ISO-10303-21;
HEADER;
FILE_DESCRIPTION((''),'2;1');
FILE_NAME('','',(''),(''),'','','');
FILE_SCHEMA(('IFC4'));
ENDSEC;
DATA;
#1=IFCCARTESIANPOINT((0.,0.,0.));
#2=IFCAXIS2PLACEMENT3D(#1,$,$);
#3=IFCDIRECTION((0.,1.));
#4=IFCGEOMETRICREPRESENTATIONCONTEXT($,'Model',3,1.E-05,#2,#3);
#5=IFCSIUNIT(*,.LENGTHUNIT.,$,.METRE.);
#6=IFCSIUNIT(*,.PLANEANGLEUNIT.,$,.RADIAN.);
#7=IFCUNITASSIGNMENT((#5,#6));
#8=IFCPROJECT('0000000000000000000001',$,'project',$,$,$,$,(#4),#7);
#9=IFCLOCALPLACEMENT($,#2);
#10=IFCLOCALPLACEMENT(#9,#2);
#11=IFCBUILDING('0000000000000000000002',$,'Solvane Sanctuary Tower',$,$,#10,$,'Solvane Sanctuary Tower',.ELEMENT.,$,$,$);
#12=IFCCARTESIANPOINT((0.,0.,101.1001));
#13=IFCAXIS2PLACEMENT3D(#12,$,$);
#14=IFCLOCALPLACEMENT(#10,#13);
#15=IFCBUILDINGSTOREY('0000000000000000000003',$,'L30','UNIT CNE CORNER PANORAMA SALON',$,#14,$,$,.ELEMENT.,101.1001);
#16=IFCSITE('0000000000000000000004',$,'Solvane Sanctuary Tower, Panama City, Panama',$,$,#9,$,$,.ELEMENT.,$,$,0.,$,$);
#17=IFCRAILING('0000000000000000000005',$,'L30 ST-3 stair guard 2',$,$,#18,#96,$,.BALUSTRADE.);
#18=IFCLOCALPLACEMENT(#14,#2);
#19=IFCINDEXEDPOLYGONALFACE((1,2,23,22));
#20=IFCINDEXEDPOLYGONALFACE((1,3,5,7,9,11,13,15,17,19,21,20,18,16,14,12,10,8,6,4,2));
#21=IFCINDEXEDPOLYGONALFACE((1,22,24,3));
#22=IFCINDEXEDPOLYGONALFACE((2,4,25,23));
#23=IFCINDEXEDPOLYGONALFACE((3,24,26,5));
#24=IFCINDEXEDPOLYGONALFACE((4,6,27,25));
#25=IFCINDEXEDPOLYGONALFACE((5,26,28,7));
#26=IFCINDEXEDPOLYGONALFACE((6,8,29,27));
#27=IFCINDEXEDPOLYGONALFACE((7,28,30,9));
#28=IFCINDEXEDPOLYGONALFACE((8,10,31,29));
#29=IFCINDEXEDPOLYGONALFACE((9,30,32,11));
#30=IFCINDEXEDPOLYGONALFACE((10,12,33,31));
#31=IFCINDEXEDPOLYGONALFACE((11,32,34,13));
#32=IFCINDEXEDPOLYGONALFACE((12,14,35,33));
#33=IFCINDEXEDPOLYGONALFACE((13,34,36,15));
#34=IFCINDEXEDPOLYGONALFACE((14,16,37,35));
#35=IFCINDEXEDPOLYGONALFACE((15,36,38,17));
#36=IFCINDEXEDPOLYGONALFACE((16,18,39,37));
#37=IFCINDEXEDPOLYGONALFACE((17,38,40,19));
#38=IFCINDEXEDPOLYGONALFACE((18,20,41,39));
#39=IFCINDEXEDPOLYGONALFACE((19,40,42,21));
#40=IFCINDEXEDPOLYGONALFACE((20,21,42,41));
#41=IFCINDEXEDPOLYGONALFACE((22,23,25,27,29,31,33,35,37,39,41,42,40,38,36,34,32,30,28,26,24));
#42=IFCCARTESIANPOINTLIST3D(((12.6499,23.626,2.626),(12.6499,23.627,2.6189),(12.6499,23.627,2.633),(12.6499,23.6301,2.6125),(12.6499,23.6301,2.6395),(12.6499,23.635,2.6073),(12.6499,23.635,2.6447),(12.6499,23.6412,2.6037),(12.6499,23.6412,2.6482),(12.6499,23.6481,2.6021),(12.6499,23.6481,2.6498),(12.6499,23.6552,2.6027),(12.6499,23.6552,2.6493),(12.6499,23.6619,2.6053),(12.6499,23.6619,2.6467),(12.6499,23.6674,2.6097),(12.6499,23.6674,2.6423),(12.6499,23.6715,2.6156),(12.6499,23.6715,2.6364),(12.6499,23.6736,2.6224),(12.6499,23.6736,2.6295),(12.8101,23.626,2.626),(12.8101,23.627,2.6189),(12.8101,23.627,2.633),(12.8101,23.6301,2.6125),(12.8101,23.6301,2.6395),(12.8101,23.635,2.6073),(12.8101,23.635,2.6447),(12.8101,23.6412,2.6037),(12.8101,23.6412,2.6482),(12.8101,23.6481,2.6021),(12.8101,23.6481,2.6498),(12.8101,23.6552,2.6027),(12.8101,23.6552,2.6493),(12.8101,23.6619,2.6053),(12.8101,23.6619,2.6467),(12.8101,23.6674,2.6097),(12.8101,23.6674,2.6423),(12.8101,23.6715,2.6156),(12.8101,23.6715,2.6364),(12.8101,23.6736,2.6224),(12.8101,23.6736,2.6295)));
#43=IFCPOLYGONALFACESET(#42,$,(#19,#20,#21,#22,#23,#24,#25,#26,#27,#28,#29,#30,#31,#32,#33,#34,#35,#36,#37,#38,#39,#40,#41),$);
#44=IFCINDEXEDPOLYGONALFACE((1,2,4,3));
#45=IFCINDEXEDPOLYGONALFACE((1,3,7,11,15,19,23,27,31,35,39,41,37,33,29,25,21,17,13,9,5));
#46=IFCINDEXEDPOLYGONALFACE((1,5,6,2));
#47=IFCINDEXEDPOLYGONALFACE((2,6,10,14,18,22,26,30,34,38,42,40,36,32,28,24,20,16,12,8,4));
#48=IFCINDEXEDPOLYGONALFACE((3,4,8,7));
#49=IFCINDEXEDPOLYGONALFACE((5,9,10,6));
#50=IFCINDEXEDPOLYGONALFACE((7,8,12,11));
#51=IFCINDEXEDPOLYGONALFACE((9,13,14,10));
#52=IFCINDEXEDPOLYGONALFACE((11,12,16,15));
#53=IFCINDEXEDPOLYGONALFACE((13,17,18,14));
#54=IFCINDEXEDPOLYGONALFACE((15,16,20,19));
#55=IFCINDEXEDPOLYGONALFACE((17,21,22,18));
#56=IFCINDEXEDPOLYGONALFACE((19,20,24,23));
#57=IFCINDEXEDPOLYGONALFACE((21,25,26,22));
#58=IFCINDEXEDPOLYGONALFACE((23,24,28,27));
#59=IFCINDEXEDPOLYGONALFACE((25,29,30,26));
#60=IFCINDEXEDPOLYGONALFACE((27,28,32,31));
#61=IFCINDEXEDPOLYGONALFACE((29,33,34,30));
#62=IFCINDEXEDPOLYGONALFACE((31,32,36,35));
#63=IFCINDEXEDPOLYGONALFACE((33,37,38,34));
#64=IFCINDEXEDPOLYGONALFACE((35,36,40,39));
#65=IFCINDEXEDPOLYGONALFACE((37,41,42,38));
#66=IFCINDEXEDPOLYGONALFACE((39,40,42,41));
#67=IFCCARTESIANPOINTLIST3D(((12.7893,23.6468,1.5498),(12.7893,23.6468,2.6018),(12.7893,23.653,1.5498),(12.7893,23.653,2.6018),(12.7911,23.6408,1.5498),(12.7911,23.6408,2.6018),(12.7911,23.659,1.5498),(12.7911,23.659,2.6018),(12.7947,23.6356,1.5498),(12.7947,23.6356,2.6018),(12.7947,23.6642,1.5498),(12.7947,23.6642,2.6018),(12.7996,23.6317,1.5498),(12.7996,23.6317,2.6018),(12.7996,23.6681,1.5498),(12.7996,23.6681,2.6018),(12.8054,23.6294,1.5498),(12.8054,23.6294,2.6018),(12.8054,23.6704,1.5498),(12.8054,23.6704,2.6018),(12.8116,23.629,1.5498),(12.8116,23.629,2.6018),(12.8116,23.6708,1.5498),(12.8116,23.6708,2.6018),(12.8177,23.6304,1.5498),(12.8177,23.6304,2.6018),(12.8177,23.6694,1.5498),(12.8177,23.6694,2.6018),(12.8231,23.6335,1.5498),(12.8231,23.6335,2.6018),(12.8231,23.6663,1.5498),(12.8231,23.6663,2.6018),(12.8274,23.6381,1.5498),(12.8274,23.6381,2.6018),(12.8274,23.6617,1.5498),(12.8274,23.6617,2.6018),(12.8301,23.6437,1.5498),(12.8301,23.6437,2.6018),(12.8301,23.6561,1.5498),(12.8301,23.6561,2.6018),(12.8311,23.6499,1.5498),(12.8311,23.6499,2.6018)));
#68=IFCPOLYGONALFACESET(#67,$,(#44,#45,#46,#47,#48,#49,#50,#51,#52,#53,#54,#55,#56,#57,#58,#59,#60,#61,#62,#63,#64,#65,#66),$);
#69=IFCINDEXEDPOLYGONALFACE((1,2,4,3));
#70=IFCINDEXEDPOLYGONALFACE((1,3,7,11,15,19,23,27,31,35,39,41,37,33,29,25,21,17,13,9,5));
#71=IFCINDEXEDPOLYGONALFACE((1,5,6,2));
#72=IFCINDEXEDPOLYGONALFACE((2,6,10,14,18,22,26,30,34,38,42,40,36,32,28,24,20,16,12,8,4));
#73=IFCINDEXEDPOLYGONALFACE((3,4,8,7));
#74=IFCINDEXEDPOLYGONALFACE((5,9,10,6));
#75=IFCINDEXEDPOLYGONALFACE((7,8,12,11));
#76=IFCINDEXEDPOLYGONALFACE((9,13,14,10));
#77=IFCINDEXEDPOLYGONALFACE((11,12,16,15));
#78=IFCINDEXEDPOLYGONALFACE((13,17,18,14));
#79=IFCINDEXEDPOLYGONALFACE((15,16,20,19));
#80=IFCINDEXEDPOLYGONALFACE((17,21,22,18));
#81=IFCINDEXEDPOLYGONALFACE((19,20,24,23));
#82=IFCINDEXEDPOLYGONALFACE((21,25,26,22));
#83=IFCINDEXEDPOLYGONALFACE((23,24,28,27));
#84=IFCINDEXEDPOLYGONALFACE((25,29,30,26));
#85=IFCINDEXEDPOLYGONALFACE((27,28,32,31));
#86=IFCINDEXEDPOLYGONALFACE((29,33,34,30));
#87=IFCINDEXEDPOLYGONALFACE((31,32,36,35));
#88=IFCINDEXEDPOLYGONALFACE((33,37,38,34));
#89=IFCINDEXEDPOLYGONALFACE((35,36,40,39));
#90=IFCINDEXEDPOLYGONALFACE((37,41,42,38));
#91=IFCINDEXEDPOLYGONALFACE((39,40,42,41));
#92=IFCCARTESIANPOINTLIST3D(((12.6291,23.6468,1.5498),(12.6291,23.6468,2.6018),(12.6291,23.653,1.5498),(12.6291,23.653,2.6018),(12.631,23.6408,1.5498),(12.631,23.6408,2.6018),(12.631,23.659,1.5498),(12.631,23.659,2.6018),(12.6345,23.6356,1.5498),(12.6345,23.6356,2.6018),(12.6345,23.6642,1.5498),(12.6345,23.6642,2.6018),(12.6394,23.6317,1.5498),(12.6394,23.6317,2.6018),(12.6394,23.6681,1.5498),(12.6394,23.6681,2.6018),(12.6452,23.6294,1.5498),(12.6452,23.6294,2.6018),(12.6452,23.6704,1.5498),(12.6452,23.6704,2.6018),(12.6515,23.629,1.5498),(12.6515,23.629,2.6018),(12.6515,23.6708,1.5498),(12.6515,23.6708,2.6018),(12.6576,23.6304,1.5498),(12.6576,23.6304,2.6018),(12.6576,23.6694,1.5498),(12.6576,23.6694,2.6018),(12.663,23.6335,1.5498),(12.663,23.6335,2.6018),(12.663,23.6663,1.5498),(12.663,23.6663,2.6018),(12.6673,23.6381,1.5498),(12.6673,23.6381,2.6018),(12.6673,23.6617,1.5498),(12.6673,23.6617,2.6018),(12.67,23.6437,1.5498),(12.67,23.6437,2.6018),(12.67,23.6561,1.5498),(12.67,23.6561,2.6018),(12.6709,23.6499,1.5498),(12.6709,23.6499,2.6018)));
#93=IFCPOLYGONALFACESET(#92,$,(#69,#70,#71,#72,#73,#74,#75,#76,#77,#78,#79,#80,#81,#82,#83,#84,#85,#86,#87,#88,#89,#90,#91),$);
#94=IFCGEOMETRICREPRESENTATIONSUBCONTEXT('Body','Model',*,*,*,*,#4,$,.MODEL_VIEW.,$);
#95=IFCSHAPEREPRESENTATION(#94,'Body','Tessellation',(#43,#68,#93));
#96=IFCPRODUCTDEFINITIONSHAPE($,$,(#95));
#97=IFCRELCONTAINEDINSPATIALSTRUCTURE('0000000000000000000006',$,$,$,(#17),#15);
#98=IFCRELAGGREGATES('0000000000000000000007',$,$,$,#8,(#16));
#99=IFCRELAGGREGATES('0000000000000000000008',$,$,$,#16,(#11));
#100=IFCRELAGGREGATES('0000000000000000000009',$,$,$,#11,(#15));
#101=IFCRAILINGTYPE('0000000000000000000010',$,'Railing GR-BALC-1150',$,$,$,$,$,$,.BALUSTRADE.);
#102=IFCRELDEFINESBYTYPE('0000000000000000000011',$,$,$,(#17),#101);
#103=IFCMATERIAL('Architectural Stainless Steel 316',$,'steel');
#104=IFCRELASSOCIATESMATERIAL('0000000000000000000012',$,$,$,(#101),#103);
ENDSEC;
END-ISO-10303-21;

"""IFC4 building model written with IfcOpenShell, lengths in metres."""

from ifc_helpers import new_model, si_unit, direction, frame, origin, origin_2d, place, context, subcontext, project, spatial, circle, extrude, material, type_object, element, save


model = new_model("IFC4")

# Units and contexts
model_context = context("Model", 3, precision=1e-05, world=origin(), true_north=direction((0.0, 1.0)))
body_context = subcontext(model_context, "Body", "Model", "MODEL_VIEW")
ifc_project = project(units=[si_unit("LENGTHUNIT", "METRE"), si_unit("PLANEANGLEUNIT", "RADIAN")], contexts=[model_context])

# Site, building, storey
site_placement = place(None, origin())
site = spatial("IfcSite", under=ifc_project, at=site_placement, Name="Solvane Sanctuary Tower, Panama City, Panama", CompositionType="ELEMENT", RefElevation=0.0)
building_placement = place(site_placement, origin())
building = spatial("IfcBuilding", under=site, at=building_placement, Name="Solvane Sanctuary Tower", LongName="Solvane Sanctuary Tower", CompositionType="ELEMENT")
storey_placement = place(building_placement, frame((0.0, 0.0, 101.1001)))
storey = spatial("IfcBuildingStorey", under=building, at=storey_placement, Name="L30", Description="UNIT CNE CORNER PANORAMA SALON", CompositionType="ELEMENT", Elevation=101.1001)

# Railing
ifc_material_1 = material(Name="Architectural Stainless Steel 316", Category="steel")
railing_type_1 = type_object("IfcRailingType", Name="Railing GR-BALC-1150", PredefinedType="BALUSTRADE", material=ifc_material_1)
railing_1_placement = place(storey_placement, frame((12.8101, 23.6499, 1.5498)))
element("IfcRailing", 1, at=railing_1_placement, inside=storey, type_object=railing_type_1, Name="L30 ST-3 stair guard 2", PredefinedType="BALUSTRADE", context=body_context, shape_type="SweptSolid", body=[
    extrude(circle(Radius=0.0239, at=origin_2d()), frame((0.0, 0.0, 1.0762), z_axis=(-1.0, 0.0, 0.0), x_axis=(0.0, -1.0, 0.0)), (0.0, 0.0, 1.0), 0.1602),
    extrude(circle(Radius=0.021, at=origin_2d()), origin(), (0.0, 0.0, 1.0), 1.052),
    extrude(circle(Radius=0.021, at=origin_2d()), frame((-0.1602, 0.0, 0.0)), (0.0, 0.0, 1.0), 1.052),
])

save(model, "model.ifc")
